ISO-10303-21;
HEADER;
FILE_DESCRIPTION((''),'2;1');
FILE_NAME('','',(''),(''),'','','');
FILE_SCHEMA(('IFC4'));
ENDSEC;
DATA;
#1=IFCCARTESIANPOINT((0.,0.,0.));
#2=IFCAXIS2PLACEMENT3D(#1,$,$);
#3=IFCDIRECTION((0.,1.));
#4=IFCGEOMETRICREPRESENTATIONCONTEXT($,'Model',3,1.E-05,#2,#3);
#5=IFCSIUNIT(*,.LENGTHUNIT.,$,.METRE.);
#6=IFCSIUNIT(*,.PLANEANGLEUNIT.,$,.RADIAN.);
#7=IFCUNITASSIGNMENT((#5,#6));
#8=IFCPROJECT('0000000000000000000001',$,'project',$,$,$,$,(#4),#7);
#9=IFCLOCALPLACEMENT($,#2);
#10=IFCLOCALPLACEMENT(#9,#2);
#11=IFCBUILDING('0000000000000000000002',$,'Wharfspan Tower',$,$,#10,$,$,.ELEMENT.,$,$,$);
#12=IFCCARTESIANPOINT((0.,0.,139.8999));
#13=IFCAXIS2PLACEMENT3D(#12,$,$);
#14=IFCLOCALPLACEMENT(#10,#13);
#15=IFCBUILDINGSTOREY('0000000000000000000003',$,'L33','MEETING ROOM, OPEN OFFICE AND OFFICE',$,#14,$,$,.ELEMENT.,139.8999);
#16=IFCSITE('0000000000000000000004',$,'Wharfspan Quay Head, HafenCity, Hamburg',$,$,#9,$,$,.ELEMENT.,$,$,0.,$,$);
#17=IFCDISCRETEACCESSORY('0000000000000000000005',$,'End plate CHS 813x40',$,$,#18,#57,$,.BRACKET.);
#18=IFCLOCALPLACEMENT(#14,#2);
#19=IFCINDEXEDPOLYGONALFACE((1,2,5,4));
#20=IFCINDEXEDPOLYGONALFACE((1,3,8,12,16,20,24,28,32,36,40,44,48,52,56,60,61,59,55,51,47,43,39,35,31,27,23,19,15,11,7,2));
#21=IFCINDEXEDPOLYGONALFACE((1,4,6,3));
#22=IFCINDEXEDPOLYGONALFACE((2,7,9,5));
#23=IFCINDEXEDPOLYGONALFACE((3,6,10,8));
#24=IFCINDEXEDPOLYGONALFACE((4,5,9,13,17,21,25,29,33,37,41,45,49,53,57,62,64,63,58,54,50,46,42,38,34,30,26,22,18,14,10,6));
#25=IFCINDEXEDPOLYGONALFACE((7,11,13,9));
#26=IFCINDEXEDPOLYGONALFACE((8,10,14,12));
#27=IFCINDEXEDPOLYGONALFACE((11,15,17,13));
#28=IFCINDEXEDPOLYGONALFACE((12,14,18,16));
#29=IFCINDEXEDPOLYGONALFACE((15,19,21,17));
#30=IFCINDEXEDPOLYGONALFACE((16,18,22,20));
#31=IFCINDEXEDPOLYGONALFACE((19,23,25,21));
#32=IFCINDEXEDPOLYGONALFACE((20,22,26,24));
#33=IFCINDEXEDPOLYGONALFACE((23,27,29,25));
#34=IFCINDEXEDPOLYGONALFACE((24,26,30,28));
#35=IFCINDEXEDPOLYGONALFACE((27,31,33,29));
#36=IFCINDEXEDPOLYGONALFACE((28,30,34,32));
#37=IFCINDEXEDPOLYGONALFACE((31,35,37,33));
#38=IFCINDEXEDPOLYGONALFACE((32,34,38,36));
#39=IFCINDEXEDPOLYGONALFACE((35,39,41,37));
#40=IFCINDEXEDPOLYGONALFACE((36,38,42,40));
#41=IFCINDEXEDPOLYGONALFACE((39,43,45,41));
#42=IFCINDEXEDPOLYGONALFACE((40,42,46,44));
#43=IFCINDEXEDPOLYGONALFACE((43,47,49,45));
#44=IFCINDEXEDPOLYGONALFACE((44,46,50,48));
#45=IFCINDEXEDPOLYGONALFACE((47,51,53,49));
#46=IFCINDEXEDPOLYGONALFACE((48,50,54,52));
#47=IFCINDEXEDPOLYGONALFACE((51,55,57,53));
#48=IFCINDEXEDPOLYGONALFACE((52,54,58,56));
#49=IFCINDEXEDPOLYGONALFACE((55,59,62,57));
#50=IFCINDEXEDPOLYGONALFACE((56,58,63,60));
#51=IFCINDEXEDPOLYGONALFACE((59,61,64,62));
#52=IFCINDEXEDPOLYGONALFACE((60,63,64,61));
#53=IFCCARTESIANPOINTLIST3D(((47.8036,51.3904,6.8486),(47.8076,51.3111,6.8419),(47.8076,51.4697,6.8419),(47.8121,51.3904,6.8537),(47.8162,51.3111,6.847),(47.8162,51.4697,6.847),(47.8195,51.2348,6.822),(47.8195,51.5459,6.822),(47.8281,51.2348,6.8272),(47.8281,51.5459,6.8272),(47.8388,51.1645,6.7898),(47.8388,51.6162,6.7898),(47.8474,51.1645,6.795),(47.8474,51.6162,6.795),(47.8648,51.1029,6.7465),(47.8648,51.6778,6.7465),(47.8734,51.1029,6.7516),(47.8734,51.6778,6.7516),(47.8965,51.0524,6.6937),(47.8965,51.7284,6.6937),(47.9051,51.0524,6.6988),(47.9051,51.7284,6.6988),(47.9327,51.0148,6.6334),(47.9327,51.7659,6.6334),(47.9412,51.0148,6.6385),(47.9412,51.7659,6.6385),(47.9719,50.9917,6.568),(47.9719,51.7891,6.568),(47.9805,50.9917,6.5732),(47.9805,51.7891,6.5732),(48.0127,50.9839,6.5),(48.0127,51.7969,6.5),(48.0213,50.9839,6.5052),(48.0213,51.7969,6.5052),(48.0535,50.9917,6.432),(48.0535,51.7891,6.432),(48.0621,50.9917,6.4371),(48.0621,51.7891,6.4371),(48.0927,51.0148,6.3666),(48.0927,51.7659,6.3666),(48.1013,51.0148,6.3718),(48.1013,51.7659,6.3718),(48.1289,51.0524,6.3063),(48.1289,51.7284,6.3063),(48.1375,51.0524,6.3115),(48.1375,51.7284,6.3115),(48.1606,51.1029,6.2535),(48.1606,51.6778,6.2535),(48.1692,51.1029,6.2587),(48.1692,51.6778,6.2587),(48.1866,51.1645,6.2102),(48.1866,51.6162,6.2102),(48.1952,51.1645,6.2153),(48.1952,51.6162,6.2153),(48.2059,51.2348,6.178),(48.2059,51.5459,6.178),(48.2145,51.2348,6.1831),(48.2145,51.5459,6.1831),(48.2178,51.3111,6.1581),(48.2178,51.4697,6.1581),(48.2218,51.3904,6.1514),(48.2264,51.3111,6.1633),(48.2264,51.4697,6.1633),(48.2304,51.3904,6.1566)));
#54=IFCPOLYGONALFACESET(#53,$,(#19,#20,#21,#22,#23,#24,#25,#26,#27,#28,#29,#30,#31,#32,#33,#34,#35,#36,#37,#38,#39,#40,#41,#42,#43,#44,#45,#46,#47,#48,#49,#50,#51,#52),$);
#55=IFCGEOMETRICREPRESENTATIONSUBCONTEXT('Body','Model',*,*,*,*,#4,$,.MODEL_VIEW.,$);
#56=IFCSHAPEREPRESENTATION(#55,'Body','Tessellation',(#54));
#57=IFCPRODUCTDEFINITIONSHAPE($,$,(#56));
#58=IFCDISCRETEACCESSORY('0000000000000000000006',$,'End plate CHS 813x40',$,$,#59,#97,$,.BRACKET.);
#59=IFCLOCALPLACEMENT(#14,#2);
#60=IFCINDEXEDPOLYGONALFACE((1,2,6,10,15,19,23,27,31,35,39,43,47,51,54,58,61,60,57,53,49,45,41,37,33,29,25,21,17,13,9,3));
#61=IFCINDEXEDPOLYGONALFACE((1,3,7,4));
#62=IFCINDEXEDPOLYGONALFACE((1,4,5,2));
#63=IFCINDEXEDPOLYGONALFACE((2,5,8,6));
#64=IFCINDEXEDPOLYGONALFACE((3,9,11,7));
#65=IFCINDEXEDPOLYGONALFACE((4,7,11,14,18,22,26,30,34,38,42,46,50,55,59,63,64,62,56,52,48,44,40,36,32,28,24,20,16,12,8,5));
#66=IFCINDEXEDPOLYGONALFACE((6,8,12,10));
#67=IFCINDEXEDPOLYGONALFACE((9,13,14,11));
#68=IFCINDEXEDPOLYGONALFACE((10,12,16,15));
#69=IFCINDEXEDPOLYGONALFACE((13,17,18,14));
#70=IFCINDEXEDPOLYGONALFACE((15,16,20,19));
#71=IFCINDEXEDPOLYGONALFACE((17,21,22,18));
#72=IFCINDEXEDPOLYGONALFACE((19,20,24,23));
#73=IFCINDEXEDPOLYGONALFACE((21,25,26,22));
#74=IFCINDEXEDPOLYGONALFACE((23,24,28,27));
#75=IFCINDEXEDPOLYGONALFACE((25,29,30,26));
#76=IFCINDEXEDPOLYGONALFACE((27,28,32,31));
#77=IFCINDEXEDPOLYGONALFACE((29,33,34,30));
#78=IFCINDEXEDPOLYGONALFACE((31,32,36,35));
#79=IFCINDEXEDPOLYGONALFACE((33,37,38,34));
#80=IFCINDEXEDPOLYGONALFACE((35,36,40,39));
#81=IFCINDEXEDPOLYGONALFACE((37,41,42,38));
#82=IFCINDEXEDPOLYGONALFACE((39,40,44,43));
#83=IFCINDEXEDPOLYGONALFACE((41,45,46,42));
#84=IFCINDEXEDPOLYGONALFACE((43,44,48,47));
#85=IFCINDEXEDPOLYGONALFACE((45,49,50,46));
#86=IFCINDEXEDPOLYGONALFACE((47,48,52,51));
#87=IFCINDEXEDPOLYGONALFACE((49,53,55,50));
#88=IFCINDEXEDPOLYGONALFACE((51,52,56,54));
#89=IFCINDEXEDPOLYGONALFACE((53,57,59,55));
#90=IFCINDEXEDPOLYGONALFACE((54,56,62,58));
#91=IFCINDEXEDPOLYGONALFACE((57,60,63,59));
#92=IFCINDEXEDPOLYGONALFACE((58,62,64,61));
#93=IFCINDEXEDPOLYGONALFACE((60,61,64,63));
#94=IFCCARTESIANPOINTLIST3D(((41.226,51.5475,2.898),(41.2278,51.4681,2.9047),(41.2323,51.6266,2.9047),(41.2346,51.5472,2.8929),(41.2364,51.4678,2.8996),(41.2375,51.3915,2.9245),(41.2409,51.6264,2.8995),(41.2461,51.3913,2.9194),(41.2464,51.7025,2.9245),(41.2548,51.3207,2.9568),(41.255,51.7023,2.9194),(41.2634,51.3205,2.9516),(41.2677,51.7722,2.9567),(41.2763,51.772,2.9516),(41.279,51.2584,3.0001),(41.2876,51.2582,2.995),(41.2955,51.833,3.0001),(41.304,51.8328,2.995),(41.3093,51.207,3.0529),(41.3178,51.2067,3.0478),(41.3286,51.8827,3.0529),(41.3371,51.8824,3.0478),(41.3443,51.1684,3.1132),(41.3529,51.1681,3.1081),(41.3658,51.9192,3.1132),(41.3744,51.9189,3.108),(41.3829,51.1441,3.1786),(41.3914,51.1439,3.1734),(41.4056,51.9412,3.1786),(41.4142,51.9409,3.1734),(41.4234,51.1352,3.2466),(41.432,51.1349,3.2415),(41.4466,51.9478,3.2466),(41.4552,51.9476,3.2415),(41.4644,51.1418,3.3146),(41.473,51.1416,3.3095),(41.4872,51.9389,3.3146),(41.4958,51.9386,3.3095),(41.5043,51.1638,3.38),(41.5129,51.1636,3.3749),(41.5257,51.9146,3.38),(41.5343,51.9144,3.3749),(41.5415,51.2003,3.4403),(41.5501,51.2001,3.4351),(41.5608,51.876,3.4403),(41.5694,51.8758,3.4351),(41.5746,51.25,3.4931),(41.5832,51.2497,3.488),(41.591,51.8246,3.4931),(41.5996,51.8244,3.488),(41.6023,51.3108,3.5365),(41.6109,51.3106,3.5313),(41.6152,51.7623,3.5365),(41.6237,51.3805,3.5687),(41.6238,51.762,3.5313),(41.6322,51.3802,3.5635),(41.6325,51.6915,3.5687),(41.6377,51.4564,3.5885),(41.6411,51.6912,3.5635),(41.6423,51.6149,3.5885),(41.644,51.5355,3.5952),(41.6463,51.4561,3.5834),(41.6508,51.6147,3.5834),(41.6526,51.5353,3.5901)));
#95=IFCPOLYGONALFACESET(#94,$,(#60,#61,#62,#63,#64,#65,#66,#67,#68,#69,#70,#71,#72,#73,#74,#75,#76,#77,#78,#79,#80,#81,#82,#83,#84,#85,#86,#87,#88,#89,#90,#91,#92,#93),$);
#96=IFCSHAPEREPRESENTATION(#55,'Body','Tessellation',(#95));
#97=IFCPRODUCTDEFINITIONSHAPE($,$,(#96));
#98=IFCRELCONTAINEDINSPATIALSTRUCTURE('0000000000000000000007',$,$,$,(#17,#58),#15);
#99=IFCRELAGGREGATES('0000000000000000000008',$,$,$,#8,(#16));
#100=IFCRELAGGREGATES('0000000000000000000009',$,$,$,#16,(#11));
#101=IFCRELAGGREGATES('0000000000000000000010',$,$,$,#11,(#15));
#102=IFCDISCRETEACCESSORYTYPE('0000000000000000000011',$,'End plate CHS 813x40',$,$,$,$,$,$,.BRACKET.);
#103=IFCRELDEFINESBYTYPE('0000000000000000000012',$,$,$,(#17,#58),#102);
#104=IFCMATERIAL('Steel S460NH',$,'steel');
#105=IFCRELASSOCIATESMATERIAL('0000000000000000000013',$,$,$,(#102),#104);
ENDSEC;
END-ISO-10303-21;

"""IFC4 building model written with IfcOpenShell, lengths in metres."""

from ifc_helpers import new_model, si_unit, direction, frame, origin, origin_2d, place, context, subcontext, project, spatial, circle, extrude, material, material_profile, profile_set, type_object, element, save


model = new_model("IFC4")

# Units and contexts
model_context = context("Model", 3, precision=1e-05, world=origin(), true_north=direction((0.0, 1.0)))
body_context = subcontext(model_context, "Body", "Model", "MODEL_VIEW")
ifc_project = project(units=[si_unit("LENGTHUNIT", "METRE"), si_unit("PLANEANGLEUNIT", "RADIAN")], contexts=[model_context])

# Site, building, storey
site_placement = place(None, origin())
site = spatial("IfcSite", under=ifc_project, at=site_placement, Name="Wharfspan Quay Head, HafenCity, Hamburg", CompositionType="ELEMENT", RefElevation=0.0)
building_placement = place(site_placement, origin())
building = spatial("IfcBuilding", under=site, at=building_placement, Name="Wharfspan Tower", CompositionType="ELEMENT")
storey_placement = place(building_placement, frame((0.0, 0.0, 139.8999)))
storey = spatial("IfcBuildingStorey", under=building, at=storey_placement, Name="L33", Description="MEETING ROOM, OPEN OFFICE AND OFFICE", CompositionType="ELEMENT", Elevation=139.8999)

# Shared definitions
ifc_material_1 = material(Name="Steel S460NH", Category="steel")

# Discrete accessories
ifc_material_profile_1 = material_profile(ifc_material_1, circle(Radius=0.4065, at=origin_2d()))
ifc_profile_set_1 = profile_set([ifc_material_profile_1], Name="Steel S460NH")
discrete_accessory_type = type_object("IfcDiscreteAccessoryType", Name="End plate CHS 813x40", PredefinedType="BRACKET", material=ifc_profile_set_1)
for number, where, z_axis, x_axis, name in (
    (1, (48.0127, 51.3904, 6.5), (0.857493, 0.0, 0.514496), (0.0, 1.0, 0.0), "End plate CHS 813x40"),
    (2, (41.4436, 51.5413, 3.2415), (-0.857236, 0.024492, 0.514341), (-0.028558, -0.999591, 0.000002), "End plate CHS 813x40"),
):
    element("IfcDiscreteAccessory", number, at=place(storey_placement, frame(where, z_axis=z_axis, x_axis=x_axis)), inside=storey, type_object=discrete_accessory_type, Name=name, PredefinedType="BRACKET", context=body_context, shape_type="SweptSolid", body=[
        extrude(circle(Radius=0.4065, at=origin_2d()), origin(), (0.0, 0.0, 1.0), 0.01),
    ])

save(model, "model.ifc")
